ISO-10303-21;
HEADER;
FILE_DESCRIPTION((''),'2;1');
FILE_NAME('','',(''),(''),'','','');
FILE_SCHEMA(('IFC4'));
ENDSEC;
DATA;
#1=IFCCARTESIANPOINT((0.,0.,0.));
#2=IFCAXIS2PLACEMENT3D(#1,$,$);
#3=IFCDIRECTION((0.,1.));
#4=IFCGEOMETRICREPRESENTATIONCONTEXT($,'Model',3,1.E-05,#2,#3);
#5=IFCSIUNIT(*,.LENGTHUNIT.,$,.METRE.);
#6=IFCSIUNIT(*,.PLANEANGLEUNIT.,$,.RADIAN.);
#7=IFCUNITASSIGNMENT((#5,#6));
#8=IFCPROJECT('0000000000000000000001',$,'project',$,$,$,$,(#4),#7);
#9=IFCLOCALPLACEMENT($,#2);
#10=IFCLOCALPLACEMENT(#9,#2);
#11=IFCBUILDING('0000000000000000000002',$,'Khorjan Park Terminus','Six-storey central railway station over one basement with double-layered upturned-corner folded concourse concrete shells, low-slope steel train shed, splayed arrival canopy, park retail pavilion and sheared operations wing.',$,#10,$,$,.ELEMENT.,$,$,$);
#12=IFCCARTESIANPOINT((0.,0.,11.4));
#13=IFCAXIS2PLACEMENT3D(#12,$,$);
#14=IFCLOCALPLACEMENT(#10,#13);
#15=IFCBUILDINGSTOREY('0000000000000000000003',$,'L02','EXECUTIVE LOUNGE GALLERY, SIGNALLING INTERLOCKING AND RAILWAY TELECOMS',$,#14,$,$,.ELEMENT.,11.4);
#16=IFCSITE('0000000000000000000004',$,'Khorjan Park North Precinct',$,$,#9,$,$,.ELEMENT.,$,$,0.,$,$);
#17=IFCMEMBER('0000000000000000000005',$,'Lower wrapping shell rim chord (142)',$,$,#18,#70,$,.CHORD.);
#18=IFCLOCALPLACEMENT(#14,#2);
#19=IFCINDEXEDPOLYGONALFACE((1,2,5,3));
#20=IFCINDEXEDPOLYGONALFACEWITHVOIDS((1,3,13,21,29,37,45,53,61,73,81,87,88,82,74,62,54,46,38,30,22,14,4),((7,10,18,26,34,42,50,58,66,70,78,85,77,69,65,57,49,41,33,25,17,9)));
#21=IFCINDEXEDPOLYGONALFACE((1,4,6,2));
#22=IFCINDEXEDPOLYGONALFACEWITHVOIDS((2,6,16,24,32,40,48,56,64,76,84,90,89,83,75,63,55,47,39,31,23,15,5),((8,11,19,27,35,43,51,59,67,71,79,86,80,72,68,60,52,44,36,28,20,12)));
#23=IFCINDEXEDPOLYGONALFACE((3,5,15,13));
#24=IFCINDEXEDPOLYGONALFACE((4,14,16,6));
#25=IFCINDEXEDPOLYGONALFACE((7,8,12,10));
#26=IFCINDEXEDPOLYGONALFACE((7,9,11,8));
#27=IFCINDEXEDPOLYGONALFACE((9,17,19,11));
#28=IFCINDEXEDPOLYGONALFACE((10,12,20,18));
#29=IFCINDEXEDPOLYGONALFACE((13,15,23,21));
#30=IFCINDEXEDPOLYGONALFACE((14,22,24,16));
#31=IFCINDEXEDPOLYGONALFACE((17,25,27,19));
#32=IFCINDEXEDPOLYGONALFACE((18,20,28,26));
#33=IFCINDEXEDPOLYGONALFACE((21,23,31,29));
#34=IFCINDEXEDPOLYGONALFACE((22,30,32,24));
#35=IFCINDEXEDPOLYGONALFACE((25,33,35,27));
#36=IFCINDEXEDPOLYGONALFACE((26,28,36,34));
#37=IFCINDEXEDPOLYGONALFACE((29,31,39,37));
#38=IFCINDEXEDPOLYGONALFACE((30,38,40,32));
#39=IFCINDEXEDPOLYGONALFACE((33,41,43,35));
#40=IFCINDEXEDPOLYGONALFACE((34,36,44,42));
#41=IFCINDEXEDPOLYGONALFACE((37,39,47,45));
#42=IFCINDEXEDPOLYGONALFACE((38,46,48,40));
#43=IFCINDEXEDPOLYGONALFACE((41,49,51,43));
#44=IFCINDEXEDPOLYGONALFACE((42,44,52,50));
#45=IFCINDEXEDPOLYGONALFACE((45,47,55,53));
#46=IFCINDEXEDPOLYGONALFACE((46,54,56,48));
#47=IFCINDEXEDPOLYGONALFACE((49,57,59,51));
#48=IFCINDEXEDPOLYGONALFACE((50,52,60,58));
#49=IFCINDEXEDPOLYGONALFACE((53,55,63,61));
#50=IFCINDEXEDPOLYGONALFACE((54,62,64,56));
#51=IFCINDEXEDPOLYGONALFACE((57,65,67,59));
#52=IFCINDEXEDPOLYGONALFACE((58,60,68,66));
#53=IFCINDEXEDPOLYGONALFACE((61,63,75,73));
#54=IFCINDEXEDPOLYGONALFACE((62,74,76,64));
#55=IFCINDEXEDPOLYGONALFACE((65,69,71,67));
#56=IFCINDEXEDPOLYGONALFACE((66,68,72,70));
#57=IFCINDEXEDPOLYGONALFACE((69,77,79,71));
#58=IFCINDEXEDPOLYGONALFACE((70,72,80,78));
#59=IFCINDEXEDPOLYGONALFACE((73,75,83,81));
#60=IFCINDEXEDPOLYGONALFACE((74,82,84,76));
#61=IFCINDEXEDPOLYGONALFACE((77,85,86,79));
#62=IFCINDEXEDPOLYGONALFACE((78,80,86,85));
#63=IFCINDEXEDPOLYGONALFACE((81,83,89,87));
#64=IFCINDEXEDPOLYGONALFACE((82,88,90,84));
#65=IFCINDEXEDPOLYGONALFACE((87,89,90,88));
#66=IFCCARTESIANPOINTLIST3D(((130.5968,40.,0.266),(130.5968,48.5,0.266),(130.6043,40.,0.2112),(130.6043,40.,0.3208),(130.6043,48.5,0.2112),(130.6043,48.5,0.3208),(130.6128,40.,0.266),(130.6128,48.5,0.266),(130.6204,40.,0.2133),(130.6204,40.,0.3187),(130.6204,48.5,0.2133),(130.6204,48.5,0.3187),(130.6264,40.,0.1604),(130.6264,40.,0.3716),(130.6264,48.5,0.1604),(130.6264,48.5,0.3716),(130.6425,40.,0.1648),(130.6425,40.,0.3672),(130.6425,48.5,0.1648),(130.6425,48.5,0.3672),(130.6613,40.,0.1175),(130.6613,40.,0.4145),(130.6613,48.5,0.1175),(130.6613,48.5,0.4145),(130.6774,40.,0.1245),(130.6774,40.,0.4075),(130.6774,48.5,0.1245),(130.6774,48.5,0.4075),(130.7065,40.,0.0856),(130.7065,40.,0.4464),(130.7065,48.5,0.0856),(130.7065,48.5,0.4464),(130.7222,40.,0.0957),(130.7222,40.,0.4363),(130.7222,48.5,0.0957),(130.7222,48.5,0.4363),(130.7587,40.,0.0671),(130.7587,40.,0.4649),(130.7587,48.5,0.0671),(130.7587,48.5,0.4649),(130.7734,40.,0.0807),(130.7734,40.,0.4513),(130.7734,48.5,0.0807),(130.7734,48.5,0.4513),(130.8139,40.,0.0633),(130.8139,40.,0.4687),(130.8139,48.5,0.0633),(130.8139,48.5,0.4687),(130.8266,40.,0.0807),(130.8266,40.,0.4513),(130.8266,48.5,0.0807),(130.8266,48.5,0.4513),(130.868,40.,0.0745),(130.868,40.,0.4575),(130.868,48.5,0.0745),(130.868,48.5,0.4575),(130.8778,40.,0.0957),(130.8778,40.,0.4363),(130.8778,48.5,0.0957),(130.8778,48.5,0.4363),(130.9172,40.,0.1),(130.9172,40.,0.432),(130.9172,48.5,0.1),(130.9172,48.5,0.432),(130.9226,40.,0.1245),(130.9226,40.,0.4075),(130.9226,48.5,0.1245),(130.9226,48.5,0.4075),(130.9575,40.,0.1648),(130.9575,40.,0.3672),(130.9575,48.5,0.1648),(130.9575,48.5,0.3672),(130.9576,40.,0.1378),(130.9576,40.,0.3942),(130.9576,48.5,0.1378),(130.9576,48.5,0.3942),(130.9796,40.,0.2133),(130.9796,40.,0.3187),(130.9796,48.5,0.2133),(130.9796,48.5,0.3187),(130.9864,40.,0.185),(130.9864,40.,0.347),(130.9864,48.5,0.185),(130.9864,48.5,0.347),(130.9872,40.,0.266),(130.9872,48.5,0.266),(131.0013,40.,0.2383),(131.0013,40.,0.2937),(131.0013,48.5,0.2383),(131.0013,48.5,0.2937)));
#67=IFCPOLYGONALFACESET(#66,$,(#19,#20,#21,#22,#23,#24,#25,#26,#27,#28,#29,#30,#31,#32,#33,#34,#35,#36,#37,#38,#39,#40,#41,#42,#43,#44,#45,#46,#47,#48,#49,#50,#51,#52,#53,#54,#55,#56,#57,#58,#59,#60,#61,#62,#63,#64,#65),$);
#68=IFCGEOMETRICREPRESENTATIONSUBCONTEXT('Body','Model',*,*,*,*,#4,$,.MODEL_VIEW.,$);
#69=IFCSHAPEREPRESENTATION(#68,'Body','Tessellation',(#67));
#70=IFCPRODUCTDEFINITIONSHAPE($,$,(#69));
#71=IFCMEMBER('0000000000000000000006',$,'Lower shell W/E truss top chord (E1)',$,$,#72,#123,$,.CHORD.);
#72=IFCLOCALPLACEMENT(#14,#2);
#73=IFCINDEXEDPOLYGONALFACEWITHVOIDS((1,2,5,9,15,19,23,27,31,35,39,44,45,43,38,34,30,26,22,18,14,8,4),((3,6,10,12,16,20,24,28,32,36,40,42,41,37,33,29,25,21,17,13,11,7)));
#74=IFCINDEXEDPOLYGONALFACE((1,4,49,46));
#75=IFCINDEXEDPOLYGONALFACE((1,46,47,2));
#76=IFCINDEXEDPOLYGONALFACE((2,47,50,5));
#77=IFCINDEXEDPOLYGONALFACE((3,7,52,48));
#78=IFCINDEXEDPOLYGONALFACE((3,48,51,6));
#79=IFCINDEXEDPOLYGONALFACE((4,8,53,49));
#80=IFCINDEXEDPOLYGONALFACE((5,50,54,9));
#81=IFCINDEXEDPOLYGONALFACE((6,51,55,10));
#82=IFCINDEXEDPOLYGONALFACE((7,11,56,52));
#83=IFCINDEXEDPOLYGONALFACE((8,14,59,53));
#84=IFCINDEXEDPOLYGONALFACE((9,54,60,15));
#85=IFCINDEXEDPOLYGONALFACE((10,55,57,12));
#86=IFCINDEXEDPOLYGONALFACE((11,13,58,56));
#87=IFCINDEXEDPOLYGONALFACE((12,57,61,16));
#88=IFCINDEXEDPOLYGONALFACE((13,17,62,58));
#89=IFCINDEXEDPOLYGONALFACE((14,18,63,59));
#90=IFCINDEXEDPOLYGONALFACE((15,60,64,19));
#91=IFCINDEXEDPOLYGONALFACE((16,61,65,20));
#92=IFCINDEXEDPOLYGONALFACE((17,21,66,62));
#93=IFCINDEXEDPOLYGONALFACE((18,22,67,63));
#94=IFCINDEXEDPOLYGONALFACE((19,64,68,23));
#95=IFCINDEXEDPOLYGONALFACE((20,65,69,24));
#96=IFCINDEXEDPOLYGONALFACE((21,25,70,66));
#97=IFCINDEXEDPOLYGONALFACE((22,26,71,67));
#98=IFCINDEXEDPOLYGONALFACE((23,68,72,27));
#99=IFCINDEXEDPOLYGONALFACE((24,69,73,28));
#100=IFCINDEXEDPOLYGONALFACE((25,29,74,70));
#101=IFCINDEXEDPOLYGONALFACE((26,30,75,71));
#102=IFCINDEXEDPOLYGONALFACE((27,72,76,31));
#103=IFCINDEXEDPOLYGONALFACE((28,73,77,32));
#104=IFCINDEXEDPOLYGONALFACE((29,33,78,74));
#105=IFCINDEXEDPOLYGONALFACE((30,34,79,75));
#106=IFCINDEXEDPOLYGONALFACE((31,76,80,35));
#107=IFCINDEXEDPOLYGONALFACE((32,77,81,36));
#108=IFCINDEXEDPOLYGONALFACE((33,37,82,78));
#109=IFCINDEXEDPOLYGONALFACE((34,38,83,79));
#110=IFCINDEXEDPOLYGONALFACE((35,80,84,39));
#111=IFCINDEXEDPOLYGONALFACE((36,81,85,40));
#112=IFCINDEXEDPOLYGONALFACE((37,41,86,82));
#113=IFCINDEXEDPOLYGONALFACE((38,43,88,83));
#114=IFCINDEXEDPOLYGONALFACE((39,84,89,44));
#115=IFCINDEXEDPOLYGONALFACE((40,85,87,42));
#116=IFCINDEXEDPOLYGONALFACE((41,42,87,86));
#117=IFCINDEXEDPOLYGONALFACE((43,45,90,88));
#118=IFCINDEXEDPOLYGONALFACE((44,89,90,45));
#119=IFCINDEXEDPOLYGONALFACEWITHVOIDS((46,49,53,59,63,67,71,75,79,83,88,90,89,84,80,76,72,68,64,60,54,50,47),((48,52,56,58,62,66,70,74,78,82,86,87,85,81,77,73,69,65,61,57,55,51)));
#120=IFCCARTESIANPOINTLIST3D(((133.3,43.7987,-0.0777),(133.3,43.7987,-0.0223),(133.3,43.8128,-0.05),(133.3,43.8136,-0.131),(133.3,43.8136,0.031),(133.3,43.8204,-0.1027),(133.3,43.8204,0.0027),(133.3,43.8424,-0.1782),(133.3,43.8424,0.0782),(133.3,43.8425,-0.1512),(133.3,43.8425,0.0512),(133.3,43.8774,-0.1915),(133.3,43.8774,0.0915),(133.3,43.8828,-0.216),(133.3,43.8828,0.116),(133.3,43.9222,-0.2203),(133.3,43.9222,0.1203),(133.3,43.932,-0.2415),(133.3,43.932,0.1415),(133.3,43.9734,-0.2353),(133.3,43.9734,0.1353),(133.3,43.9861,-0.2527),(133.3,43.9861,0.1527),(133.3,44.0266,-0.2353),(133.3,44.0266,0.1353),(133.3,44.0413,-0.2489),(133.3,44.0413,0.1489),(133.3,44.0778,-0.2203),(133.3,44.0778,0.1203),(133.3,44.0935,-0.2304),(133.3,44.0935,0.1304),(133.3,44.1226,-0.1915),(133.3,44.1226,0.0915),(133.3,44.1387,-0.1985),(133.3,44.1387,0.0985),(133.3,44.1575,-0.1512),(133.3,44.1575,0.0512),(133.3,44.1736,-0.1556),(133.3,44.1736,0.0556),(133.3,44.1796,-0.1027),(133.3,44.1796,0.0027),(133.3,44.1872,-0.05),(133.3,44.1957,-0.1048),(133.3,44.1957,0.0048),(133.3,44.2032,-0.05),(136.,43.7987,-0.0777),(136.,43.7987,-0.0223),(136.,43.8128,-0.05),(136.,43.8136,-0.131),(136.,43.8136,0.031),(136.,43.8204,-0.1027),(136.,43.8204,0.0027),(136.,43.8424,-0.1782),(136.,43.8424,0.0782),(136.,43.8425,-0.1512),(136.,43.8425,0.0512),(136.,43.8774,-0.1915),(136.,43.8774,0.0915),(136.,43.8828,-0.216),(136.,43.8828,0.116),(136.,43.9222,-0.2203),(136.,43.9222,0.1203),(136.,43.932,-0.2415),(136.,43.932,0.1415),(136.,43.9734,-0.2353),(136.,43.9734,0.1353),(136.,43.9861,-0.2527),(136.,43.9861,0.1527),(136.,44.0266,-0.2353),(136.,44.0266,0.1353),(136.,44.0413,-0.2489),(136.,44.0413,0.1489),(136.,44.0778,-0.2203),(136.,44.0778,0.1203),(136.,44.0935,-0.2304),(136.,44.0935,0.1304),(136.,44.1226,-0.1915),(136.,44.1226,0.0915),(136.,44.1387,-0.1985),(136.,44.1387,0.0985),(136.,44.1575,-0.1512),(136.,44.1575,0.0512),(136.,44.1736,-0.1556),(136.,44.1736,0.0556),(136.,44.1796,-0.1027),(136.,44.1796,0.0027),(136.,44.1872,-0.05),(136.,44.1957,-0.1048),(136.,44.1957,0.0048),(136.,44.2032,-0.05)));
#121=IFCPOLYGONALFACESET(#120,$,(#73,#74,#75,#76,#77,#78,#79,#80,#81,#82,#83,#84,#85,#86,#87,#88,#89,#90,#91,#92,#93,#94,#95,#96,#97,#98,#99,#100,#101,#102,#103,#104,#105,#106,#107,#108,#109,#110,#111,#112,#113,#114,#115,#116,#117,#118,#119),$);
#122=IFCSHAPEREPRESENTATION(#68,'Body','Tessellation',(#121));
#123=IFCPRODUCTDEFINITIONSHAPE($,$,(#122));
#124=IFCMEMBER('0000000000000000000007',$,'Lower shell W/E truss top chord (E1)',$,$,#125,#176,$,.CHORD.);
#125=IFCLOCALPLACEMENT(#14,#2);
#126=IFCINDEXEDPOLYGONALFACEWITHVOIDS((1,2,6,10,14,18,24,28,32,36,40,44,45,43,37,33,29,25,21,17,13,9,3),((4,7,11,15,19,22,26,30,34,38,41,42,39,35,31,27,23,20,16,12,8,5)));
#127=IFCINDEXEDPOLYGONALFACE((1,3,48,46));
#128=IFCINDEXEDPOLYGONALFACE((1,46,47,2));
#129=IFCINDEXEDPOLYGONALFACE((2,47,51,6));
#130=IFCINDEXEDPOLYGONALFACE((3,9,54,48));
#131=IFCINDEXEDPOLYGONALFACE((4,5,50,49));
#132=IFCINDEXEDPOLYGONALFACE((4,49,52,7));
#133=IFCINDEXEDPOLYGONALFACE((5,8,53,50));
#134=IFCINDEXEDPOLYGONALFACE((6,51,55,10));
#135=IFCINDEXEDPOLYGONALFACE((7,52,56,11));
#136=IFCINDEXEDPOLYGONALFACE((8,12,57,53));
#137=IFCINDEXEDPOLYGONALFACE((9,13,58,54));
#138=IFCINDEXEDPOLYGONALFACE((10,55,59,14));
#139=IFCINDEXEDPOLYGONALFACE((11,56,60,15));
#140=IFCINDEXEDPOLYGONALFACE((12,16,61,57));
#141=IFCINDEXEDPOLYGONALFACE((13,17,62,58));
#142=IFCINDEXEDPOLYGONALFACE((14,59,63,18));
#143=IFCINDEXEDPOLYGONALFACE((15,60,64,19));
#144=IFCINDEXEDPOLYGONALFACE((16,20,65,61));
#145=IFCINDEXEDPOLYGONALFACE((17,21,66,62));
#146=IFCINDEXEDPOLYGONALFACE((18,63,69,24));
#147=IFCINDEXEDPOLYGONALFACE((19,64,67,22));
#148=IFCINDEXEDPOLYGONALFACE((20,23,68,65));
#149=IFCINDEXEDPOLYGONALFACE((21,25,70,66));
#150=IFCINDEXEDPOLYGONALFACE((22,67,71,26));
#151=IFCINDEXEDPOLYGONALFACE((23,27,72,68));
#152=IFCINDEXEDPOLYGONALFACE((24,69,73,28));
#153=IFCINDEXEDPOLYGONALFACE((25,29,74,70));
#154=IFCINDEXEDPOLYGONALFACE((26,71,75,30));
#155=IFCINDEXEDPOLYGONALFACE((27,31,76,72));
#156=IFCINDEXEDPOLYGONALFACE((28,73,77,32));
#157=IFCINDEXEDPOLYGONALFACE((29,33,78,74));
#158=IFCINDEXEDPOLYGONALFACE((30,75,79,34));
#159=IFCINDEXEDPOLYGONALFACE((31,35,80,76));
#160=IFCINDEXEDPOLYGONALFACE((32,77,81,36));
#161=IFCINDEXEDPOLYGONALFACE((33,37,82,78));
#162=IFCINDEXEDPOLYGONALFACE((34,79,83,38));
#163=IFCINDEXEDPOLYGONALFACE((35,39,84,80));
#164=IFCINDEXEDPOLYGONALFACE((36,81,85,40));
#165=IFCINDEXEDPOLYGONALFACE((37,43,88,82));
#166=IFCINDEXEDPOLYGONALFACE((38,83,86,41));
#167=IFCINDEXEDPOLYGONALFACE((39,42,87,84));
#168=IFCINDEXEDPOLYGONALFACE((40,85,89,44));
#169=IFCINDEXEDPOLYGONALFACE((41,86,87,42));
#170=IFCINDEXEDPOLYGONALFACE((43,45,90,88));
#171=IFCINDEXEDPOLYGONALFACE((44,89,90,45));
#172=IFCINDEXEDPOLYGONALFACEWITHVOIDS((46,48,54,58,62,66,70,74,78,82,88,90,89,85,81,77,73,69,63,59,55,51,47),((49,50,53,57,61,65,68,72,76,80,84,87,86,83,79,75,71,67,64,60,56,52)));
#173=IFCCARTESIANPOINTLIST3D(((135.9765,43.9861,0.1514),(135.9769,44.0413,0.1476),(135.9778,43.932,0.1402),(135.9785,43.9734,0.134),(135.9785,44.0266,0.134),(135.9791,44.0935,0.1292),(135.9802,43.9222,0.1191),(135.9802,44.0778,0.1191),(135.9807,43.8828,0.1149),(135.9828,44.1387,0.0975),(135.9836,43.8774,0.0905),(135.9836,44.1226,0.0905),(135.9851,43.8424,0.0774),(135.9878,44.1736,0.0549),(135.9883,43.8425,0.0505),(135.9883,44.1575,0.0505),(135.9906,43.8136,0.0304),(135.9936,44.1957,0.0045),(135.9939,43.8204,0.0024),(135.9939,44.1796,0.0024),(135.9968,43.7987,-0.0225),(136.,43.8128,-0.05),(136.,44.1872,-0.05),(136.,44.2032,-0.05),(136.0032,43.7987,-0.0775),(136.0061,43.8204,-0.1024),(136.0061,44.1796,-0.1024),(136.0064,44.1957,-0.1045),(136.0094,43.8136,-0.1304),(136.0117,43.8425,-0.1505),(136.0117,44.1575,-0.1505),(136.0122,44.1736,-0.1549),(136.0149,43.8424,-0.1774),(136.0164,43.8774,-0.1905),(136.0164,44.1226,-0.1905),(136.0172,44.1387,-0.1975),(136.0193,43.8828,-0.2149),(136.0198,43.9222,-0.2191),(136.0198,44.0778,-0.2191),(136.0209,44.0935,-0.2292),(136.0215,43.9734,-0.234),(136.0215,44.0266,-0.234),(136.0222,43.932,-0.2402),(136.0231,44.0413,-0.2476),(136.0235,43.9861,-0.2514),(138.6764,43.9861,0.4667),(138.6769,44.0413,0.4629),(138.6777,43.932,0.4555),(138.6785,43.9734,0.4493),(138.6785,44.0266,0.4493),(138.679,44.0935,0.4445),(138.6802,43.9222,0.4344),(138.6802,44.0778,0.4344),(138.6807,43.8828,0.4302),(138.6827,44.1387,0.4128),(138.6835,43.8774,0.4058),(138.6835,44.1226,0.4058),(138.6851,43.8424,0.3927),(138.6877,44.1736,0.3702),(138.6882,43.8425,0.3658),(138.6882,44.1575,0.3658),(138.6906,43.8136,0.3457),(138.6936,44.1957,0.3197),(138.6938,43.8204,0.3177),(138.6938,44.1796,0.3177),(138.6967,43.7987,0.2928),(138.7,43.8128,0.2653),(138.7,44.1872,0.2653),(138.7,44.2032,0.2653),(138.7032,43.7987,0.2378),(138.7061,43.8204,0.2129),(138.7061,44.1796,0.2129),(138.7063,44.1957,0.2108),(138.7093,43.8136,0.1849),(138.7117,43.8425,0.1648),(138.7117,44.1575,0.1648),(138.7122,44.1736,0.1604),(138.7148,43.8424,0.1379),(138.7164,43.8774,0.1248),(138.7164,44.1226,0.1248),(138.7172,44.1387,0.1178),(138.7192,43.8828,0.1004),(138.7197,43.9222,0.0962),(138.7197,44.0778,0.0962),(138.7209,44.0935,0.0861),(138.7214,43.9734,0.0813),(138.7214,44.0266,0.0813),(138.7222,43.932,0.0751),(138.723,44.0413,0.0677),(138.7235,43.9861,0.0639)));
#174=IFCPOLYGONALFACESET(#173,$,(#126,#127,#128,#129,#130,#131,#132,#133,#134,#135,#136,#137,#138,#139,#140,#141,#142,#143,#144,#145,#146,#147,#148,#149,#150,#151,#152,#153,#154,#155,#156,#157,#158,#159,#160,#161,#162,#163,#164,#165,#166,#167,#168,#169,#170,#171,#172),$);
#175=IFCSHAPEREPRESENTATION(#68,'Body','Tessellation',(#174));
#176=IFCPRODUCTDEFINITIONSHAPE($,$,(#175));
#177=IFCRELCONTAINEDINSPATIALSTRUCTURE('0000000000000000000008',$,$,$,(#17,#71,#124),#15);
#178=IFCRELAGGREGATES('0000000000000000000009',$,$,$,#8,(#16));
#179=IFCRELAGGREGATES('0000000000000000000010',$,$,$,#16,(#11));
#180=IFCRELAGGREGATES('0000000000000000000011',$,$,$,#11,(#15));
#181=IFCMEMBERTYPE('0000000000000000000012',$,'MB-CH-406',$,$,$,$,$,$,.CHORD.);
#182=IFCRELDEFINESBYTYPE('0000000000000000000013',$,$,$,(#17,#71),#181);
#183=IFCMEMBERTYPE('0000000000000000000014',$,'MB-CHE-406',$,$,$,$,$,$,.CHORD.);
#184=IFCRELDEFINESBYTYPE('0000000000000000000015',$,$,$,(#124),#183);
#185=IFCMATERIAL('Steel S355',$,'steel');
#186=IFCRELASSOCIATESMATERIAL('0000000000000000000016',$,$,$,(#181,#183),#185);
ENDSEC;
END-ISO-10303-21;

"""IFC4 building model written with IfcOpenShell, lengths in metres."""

from ifc_helpers import new_model, si_unit, direction, frame, origin, origin_2d, place, context, subcontext, project, spatial, hollow_circle, extrude, material, material_profile, profile_set, type_object, element, save


model = new_model("IFC4")

# Units and contexts
model_context = context("Model", 3, precision=1e-05, world=origin(), true_north=direction((0.0, 1.0)))
body_context = subcontext(model_context, "Body", "Model", "MODEL_VIEW")
ifc_project = project(units=[si_unit("LENGTHUNIT", "METRE"), si_unit("PLANEANGLEUNIT", "RADIAN")], contexts=[model_context])

# Site, building, storey
site_placement = place(None, origin())
site = spatial("IfcSite", under=ifc_project, at=site_placement, Name="Khorjan Park North Precinct", CompositionType="ELEMENT", RefElevation=0.0)
building_placement = place(site_placement, origin())
building = spatial("IfcBuilding", under=site, at=building_placement, Name="Khorjan Park Terminus", Description="Six-storey central railway station over one basement with double-layered upturned-corner folded concourse concrete shells, low-slope steel train shed, splayed arrival canopy, park retail pavilion and sheared operations wing.", CompositionType="ELEMENT")
storey_placement = place(building_placement, frame((0.0, 0.0, 11.4)))
storey = spatial("IfcBuildingStorey", under=building, at=storey_placement, Name="L02", Description="EXECUTIVE LOUNGE GALLERY, SIGNALLING INTERLOCKING AND RAILWAY TELECOMS", CompositionType="ELEMENT", Elevation=11.4)

# Members
ifc_material_1 = material(Name="Steel S355", Category="steel")
ifc_material_profile_1 = material_profile(ifc_material_1, hollow_circle(Radius=0.2032, WallThickness=0.016, at=origin_2d()), Name="CHS 406.4x16")
ifc_profile_set_1 = profile_set([ifc_material_profile_1], Name="Steel S355")
member_type_1 = type_object("IfcMemberType", Name="MB-CH-406", PredefinedType="CHORD", material=ifc_profile_set_1)
member_1_placement = place(storey_placement, frame((130.8, 40.0, 0.266), z_axis=(0.0, 1.0, 0.0), x_axis=(-1.0, 0.0, 0.0)))
element("IfcMember", 1, at=member_1_placement, inside=storey, type_object=member_type_1, Name="Lower wrapping shell rim chord (142)", PredefinedType="CHORD", context=body_context, shape_type="SweptSolid", body=[
    extrude(hollow_circle(Radius=0.2032, WallThickness=0.016, at=origin_2d()), origin(), (0.0, 0.0, 1.0), 8.5),
])
member_2_placement = place(storey_placement, frame((133.3, 44.0, -0.05), z_axis=(1.0, 0.0, 0.0), x_axis=(0.0, 1.0, 0.0)))
element("IfcMember", 2, at=member_2_placement, inside=storey, type_object=member_type_1, Name="Lower shell W/E truss top chord (E1)", PredefinedType="CHORD", context=body_context, shape_type="SweptSolid", body=[
    extrude(hollow_circle(Radius=0.2032, WallThickness=0.016, at=origin_2d()), origin(), (0.0, 0.0, 1.0), 2.7),
])
ifc_material_profile_2 = material_profile(ifc_material_1, hollow_circle(Radius=0.2032, WallThickness=0.016, at=origin_2d()), Name="CHS 406.4x16")
ifc_profile_set_2 = profile_set([ifc_material_profile_2], Name="Steel S355")
member_type_2 = type_object("IfcMemberType", Name="MB-CHE-406", PredefinedType="CHORD", material=ifc_profile_set_2)
member_3_placement = place(storey_placement, frame((136.0, 44.0, -0.05), z_axis=(0.99325, 0.0, 0.11599), x_axis=(0.0, 1.0, 0.0)))
element("IfcMember", 3, at=member_3_placement, inside=storey, type_object=member_type_2, Name="Lower shell W/E truss top chord (E1)", PredefinedType="CHORD", context=body_context, shape_type="SweptSolid", body=[
    extrude(hollow_circle(Radius=0.2032, WallThickness=0.016, at=origin_2d()), origin(), (0.0, 0.0, 1.0), 2.7183),
])

save(model, "model.ifc")
